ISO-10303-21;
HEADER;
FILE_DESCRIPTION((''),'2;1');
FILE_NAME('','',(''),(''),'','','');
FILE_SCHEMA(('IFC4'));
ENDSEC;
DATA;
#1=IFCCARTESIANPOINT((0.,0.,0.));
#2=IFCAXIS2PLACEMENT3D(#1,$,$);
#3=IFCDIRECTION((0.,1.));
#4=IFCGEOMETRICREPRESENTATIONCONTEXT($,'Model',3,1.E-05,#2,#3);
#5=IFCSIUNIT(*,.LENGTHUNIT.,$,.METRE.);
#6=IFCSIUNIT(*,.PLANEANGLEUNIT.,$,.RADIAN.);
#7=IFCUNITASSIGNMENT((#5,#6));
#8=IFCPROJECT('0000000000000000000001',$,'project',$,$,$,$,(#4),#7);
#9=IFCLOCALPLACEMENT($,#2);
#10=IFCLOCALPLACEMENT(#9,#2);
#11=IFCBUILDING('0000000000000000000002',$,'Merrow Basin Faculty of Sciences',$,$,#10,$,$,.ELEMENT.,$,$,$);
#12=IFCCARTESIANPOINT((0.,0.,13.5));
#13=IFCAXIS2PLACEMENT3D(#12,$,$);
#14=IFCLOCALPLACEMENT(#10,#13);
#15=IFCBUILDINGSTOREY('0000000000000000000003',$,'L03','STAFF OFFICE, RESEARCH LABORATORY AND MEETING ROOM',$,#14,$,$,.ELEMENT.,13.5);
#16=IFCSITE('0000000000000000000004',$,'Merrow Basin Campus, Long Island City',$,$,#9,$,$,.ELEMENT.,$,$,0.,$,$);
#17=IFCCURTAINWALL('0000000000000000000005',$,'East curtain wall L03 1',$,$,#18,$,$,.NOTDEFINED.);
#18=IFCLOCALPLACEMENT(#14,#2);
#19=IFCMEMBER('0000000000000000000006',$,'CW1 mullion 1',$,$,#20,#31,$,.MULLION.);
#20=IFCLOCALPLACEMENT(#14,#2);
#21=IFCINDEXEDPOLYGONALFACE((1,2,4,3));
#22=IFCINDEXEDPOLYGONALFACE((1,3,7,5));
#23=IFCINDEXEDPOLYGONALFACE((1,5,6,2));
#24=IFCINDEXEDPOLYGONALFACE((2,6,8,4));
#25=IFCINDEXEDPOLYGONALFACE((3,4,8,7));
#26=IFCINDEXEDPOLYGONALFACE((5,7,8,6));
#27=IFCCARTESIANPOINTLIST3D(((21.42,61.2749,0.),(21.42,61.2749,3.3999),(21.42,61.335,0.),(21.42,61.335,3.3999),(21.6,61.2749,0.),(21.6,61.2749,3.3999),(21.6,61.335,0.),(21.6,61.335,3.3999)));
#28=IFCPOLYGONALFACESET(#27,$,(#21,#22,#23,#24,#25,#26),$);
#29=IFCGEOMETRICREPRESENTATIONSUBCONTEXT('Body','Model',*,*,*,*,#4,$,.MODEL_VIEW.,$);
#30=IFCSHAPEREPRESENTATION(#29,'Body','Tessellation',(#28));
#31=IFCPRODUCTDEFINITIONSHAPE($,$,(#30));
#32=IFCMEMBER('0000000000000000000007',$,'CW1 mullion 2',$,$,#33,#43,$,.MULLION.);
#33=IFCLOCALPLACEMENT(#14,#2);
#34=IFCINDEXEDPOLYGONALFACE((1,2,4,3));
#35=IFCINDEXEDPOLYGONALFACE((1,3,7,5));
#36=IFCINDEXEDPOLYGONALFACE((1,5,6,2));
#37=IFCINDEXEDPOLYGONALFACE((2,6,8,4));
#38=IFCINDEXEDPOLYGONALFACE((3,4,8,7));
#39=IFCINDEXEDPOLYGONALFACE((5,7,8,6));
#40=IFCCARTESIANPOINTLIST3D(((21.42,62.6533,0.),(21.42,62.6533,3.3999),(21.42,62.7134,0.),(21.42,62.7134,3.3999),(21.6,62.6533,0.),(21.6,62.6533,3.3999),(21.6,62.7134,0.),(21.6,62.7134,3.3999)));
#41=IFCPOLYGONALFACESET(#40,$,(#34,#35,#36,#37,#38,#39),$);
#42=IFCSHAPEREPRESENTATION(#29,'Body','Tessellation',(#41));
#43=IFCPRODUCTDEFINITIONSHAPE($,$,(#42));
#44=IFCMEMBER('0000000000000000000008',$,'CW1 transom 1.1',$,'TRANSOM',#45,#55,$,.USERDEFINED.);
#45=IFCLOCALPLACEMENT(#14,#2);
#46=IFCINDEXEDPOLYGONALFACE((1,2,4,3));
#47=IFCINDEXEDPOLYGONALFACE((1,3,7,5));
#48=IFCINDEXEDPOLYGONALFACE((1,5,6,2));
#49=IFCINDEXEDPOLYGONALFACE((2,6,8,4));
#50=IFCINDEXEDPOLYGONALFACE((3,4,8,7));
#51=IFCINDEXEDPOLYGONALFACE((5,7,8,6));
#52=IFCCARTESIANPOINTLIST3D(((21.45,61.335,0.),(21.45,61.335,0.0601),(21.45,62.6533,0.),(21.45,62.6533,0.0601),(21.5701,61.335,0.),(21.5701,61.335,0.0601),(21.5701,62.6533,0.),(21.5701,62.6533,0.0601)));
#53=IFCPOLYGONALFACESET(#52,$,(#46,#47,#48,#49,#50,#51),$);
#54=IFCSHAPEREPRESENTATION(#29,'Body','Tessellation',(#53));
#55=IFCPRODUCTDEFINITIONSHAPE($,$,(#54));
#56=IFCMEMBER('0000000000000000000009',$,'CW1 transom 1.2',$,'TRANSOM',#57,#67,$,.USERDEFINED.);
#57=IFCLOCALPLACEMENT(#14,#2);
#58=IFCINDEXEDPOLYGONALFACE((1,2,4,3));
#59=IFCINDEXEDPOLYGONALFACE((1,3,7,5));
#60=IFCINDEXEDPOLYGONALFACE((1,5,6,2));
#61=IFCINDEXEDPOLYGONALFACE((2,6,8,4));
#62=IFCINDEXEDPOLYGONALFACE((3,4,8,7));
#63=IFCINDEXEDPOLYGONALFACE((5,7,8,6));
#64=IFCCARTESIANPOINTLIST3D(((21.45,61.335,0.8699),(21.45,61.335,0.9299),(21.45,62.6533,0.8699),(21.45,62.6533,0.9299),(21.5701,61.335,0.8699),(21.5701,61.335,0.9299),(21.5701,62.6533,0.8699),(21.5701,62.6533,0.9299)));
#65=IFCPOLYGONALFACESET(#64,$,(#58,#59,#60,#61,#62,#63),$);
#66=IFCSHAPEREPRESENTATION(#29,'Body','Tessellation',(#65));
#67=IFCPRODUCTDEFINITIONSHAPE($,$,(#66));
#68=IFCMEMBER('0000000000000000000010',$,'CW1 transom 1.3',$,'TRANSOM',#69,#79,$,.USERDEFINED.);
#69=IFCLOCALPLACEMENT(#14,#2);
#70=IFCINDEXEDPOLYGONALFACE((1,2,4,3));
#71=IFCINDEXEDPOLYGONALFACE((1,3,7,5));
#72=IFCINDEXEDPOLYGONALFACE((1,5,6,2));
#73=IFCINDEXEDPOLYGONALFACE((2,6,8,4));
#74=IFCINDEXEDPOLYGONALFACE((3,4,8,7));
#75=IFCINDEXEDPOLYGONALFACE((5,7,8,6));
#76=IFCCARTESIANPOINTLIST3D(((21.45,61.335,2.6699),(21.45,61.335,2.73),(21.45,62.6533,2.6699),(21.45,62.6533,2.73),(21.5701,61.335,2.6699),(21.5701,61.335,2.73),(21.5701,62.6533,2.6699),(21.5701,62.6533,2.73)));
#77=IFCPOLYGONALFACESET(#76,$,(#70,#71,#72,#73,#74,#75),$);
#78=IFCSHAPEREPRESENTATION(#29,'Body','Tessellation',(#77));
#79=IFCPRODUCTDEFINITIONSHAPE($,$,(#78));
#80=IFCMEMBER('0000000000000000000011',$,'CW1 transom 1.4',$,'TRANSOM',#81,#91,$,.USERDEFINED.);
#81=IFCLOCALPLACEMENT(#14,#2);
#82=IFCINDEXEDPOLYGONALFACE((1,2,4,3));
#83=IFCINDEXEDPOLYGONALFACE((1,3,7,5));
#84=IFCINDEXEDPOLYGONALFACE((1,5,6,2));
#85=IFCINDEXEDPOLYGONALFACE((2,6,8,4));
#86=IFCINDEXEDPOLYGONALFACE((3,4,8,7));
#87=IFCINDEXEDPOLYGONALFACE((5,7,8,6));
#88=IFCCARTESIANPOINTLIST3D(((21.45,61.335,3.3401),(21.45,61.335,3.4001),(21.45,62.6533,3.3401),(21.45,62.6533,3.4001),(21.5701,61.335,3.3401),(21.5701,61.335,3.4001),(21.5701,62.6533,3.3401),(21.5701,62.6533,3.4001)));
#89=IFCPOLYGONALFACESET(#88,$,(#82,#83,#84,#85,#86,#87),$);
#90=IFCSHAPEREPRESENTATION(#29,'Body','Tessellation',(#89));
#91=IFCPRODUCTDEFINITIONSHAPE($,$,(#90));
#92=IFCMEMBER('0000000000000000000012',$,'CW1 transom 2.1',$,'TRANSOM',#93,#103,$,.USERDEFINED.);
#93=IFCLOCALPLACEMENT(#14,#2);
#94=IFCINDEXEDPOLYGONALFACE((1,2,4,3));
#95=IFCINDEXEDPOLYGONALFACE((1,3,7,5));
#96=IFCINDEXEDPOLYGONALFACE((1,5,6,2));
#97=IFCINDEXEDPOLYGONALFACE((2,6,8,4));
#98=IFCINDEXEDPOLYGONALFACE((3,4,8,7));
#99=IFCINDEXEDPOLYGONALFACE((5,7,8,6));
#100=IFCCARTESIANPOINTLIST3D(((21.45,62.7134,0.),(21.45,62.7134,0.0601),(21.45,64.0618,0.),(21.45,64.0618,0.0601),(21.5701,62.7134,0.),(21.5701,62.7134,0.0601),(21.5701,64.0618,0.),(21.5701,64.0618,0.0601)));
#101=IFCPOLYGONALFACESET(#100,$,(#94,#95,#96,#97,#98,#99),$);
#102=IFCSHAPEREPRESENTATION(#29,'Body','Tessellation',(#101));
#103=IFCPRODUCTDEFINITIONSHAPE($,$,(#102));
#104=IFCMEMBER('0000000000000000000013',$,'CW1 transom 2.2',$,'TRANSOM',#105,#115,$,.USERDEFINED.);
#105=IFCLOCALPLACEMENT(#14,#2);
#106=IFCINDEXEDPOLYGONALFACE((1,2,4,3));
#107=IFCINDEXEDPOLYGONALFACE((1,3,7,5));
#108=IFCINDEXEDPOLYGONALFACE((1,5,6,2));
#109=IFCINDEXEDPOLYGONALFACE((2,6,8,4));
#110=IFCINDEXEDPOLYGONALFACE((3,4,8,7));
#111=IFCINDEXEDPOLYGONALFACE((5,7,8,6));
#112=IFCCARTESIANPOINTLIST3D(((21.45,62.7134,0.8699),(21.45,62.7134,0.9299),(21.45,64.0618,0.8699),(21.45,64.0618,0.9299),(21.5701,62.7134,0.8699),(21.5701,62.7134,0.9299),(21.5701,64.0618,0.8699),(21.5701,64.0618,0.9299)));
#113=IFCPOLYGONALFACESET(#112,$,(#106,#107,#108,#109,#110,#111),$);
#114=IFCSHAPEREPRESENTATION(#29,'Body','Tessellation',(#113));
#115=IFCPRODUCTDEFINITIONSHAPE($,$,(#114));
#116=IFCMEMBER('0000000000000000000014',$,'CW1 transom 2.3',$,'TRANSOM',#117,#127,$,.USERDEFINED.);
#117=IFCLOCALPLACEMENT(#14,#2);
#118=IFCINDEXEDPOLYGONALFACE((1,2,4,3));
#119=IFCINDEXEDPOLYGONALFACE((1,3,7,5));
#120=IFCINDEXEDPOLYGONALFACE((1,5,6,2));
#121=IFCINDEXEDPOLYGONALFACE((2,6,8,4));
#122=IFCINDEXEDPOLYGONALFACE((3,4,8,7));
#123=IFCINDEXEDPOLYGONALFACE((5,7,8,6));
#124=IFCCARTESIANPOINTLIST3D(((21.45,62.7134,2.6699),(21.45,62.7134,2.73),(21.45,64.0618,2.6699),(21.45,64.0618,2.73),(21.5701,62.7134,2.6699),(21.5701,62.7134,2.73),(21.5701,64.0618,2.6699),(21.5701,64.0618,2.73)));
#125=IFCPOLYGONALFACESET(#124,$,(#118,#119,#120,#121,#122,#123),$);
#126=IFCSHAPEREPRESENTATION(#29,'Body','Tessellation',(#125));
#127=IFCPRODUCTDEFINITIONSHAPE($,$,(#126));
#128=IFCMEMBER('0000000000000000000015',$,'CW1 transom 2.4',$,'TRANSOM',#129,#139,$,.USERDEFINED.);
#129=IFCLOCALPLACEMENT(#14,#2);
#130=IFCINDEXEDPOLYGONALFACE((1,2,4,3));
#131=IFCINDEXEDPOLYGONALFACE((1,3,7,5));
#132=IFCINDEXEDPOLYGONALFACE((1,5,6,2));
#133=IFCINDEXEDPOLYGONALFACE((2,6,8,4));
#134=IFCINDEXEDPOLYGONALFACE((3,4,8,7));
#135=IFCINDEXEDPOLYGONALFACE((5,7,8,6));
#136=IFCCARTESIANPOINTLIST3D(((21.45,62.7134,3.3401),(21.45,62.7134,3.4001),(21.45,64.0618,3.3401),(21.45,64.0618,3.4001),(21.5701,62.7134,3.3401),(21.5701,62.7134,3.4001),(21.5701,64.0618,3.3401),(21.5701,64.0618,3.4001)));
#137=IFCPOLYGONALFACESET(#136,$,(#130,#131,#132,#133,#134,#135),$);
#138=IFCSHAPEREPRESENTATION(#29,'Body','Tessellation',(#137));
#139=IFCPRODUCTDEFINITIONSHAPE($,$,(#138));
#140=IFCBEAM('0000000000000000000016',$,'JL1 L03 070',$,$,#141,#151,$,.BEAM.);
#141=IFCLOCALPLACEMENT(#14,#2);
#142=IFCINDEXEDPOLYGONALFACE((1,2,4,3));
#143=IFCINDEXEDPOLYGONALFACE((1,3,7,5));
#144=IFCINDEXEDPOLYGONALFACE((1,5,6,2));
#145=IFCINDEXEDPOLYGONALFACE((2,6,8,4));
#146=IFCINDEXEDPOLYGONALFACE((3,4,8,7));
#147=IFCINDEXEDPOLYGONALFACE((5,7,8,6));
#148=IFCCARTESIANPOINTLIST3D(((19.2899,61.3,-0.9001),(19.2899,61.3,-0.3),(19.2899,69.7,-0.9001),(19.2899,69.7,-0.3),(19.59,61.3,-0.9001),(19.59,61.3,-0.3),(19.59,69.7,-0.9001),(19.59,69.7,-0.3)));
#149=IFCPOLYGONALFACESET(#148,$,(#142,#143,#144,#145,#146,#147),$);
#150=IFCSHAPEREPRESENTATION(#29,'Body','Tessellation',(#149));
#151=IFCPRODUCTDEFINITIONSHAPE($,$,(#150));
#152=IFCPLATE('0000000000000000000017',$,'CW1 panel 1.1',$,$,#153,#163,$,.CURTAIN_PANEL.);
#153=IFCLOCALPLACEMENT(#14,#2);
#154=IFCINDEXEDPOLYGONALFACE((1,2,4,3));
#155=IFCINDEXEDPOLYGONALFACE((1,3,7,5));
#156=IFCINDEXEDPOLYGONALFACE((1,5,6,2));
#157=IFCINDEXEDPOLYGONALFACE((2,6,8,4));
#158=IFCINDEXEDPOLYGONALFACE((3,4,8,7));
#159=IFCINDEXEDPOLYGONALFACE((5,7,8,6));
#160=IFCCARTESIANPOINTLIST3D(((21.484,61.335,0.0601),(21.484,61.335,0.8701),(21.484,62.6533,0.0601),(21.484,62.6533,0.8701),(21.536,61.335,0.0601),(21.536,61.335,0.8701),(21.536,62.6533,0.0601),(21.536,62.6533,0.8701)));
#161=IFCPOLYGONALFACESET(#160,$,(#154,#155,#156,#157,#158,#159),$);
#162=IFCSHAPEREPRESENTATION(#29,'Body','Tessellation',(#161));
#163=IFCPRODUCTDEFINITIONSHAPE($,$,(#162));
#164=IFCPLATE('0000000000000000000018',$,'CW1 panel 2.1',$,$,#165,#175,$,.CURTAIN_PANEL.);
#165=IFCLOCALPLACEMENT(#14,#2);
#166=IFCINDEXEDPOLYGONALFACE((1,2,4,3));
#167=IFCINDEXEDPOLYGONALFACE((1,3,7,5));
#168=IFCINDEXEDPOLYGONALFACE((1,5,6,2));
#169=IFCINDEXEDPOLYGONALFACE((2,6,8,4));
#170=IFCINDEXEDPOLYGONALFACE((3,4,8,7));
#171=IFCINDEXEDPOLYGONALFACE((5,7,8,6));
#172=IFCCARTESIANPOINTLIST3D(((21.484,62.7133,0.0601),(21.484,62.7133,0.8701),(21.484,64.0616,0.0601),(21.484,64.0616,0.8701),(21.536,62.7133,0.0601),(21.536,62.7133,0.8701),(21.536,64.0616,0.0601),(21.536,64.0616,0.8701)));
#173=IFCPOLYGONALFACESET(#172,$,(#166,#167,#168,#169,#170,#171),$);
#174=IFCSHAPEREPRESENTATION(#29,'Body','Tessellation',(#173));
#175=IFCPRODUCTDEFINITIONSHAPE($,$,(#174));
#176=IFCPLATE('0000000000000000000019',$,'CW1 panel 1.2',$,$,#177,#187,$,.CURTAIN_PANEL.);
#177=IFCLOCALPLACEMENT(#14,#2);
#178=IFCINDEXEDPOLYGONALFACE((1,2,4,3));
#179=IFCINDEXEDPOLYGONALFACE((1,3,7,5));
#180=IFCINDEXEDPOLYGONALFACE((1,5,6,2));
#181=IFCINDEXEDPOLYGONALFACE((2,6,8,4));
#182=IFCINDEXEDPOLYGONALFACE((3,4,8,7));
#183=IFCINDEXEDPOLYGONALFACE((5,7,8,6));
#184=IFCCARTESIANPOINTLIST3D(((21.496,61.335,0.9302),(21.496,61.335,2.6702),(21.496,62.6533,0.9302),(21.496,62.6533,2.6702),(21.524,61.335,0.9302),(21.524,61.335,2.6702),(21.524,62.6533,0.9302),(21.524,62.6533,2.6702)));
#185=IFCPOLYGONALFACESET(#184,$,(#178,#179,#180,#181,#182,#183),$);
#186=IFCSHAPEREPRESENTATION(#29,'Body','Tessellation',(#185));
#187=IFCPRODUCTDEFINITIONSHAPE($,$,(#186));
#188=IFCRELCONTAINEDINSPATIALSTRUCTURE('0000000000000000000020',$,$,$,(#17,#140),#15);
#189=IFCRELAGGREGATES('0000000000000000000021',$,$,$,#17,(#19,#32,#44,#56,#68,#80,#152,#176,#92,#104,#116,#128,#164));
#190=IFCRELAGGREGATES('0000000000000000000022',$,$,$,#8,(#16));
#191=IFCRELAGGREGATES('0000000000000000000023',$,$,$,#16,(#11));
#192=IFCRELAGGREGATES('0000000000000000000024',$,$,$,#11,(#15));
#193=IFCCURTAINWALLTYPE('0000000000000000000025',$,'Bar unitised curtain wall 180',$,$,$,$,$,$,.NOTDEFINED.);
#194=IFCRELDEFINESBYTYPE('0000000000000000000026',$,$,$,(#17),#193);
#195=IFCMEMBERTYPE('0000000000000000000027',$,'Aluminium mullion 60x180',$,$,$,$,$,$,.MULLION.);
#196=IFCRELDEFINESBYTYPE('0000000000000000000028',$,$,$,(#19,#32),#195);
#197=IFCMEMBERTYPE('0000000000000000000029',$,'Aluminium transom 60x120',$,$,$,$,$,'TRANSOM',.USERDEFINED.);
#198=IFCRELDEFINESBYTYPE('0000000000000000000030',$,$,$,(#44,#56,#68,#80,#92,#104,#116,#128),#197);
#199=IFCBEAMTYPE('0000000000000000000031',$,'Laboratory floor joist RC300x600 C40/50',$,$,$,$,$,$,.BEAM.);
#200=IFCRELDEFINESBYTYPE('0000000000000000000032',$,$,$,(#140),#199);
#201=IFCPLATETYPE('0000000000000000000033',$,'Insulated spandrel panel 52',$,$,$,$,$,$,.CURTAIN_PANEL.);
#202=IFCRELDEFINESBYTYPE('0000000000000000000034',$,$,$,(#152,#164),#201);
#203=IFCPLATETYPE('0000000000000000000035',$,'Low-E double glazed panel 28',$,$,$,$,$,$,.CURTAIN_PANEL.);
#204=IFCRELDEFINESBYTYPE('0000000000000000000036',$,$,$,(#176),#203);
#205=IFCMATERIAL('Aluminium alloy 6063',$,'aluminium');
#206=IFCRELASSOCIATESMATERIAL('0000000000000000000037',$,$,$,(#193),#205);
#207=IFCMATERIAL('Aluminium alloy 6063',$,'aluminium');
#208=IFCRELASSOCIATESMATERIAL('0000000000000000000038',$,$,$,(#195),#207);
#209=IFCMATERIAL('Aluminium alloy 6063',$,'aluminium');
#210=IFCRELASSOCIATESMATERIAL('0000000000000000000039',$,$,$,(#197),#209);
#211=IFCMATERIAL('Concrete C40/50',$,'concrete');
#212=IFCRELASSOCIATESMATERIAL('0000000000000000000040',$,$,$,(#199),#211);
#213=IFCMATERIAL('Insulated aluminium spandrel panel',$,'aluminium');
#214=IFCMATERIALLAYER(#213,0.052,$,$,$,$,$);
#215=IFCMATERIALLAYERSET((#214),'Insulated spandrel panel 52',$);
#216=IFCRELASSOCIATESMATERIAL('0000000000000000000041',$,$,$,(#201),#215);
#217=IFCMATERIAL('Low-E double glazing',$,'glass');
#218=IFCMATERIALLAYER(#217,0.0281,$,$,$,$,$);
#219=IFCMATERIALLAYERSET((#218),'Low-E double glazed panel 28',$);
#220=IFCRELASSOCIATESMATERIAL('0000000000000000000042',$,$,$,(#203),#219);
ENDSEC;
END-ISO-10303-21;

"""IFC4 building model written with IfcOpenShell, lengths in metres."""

from ifc_helpers import new_model, si_unit, direction, frame, origin, origin_2d, place, context, subcontext, project, spatial, rectangle, extrude, material, layer, layer_set, material_profile, profile_set, type_object, element, aggregate, save


model = new_model("IFC4")

# Units and contexts
model_context = context("Model", 3, precision=1e-05, world=origin(), true_north=direction((0.0, 1.0)))
body_context = subcontext(model_context, "Body", "Model", "MODEL_VIEW")
ifc_project = project(units=[si_unit("LENGTHUNIT", "METRE"), si_unit("PLANEANGLEUNIT", "RADIAN")], contexts=[model_context])

# Site, building, storey
site_placement = place(None, origin())
site = spatial("IfcSite", under=ifc_project, at=site_placement, Name="Merrow Basin Campus, Long Island City", CompositionType="ELEMENT", RefElevation=0.0)
building_placement = place(site_placement, origin())
building = spatial("IfcBuilding", under=site, at=building_placement, Name="Merrow Basin Faculty of Sciences", CompositionType="ELEMENT")
storey_placement = place(building_placement, frame((0.0, 0.0, 13.5)))
storey = spatial("IfcBuildingStorey", under=building, at=storey_placement, Name="L03", Description="STAFF OFFICE, RESEARCH LABORATORY AND MEETING ROOM", CompositionType="ELEMENT", Elevation=13.5)

# Curtain wall, members
ifc_material_1 = material(Name="Aluminium alloy 6063", Category="aluminium")
curtain_wall_type = type_object("IfcCurtainWallType", Name="Bar unitised curtain wall 180", PredefinedType="NOTDEFINED", material=ifc_material_1)
curtain_wall_placement = place(storey_placement, origin())
curtain_wall = element("IfcCurtainWall", 1, at=curtain_wall_placement, inside=storey, type_object=curtain_wall_type, Name="East curtain wall L03 1", PredefinedType="NOTDEFINED")
ifc_material_2 = material(Name="Aluminium alloy 6063", Category="aluminium")
ifc_material_profile_1 = material_profile(ifc_material_2, rectangle(XDim=0.1799, YDim=0.0601, at=origin_2d()))
ifc_profile_set_1 = profile_set([ifc_material_profile_1], Name="Aluminium alloy 6063")
member_type_1 = type_object("IfcMemberType", Name="Aluminium mullion 60x180", PredefinedType="MULLION", material=ifc_profile_set_1)
member_1_placement = place(storey_placement, frame((21.51, 61.3049, 0.0), z_axis=(0.0, 0.0, 1.0), x_axis=(-1.0, 0.0, 0.0)))
member_1 = element("IfcMember", 2, at=member_1_placement, type_object=member_type_1, Name="CW1 mullion 1", PredefinedType="MULLION", context=body_context, shape_type="SweptSolid", body=[
    extrude(rectangle(XDim=0.1799, YDim=0.0601, at=origin_2d()), origin(), (0.0, 0.0, 1.0), 3.3999),
])
member_2_placement = place(storey_placement, frame((21.51, 62.6833, 0.0), z_axis=(0.0, 0.0, 1.0), x_axis=(-1.0, 0.0, 0.0)))
member_2 = element("IfcMember", 3, at=member_2_placement, type_object=member_type_1, Name="CW1 mullion 2", PredefinedType="MULLION", context=body_context, shape_type="SweptSolid", body=[
    extrude(rectangle(XDim=0.1799, YDim=0.0601, at=origin_2d()), origin(), (0.0, 0.0, 1.0), 3.3999),
])
ifc_material_3 = material(Name="Aluminium alloy 6063", Category="aluminium")
ifc_material_profile_2 = material_profile(ifc_material_3, rectangle(XDim=0.1201, YDim=0.0601, at=origin_2d()))
ifc_profile_set_2 = profile_set([ifc_material_profile_2], Name="Aluminium alloy 6063")
member_type_2 = type_object("IfcMemberType", Name="Aluminium transom 60x120", ElementType="TRANSOM", PredefinedType="USERDEFINED", material=ifc_profile_set_2)
member_3_placement = place(storey_placement, frame((21.51, 61.335, 0.03), z_axis=(0.0, 1.0, 0.0), x_axis=(-1.0, 0.0, 0.0)))
member_3 = element("IfcMember", 4, at=member_3_placement, type_object=member_type_2, Name="CW1 transom 1.1", ObjectType="TRANSOM", PredefinedType="USERDEFINED", context=body_context, shape_type="SweptSolid", body=[
    extrude(rectangle(XDim=0.1201, YDim=0.0601, at=origin_2d()), origin(), (0.0, 0.0, 1.0), 1.3184),
])
member_4_placement = place(storey_placement, frame((21.51, 61.335, 0.8999), z_axis=(0.0, 1.0, 0.0), x_axis=(-1.0, 0.0, 0.0)))
member_4 = element("IfcMember", 5, at=member_4_placement, type_object=member_type_2, Name="CW1 transom 1.2", ObjectType="TRANSOM", PredefinedType="USERDEFINED", context=body_context, shape_type="SweptSolid", body=[
    extrude(rectangle(XDim=0.1201, YDim=0.0601, at=origin_2d()), origin(), (0.0, 0.0, 1.0), 1.3184),
])
member_5_placement = place(storey_placement, frame((21.51, 61.335, 2.7), z_axis=(0.0, 1.0, 0.0), x_axis=(-1.0, 0.0, 0.0)))
member_5 = element("IfcMember", 6, at=member_5_placement, type_object=member_type_2, Name="CW1 transom 1.3", ObjectType="TRANSOM", PredefinedType="USERDEFINED", context=body_context, shape_type="SweptSolid", body=[
    extrude(rectangle(XDim=0.1201, YDim=0.0601, at=origin_2d()), origin(), (0.0, 0.0, 1.0), 1.3184),
])
member_6_placement = place(storey_placement, frame((21.51, 61.335, 3.3701), z_axis=(0.0, 1.0, 0.0), x_axis=(-1.0, 0.0, 0.0)))
member_6 = element("IfcMember", 7, at=member_6_placement, type_object=member_type_2, Name="CW1 transom 1.4", ObjectType="TRANSOM", PredefinedType="USERDEFINED", context=body_context, shape_type="SweptSolid", body=[
    extrude(rectangle(XDim=0.1201, YDim=0.0601, at=origin_2d()), origin(), (0.0, 0.0, 1.0), 1.3184),
])
member_7_placement = place(storey_placement, frame((21.51, 62.7134, 0.03), z_axis=(0.0, 1.0, 0.0), x_axis=(-1.0, 0.0, 0.0)))
member_7 = element("IfcMember", 8, at=member_7_placement, type_object=member_type_2, Name="CW1 transom 2.1", ObjectType="TRANSOM", PredefinedType="USERDEFINED", context=body_context, shape_type="SweptSolid", body=[
    extrude(rectangle(XDim=0.1201, YDim=0.0601, at=origin_2d()), origin(), (0.0, 0.0, 1.0), 1.3484),
])
member_8_placement = place(storey_placement, frame((21.51, 62.7134, 0.8999), z_axis=(0.0, 1.0, 0.0), x_axis=(-1.0, 0.0, 0.0)))
member_8 = element("IfcMember", 9, at=member_8_placement, type_object=member_type_2, Name="CW1 transom 2.2", ObjectType="TRANSOM", PredefinedType="USERDEFINED", context=body_context, shape_type="SweptSolid", body=[
    extrude(rectangle(XDim=0.1201, YDim=0.0601, at=origin_2d()), origin(), (0.0, 0.0, 1.0), 1.3484),
])
member_9_placement = place(storey_placement, frame((21.51, 62.7134, 2.7), z_axis=(0.0, 1.0, 0.0), x_axis=(-1.0, 0.0, 0.0)))
member_9 = element("IfcMember", 10, at=member_9_placement, type_object=member_type_2, Name="CW1 transom 2.3", ObjectType="TRANSOM", PredefinedType="USERDEFINED", context=body_context, shape_type="SweptSolid", body=[
    extrude(rectangle(XDim=0.1201, YDim=0.0601, at=origin_2d()), origin(), (0.0, 0.0, 1.0), 1.3484),
])
member_10_placement = place(storey_placement, frame((21.51, 62.7134, 3.3701), z_axis=(0.0, 1.0, 0.0), x_axis=(-1.0, 0.0, 0.0)))
member_10 = element("IfcMember", 11, at=member_10_placement, type_object=member_type_2, Name="CW1 transom 2.4", ObjectType="TRANSOM", PredefinedType="USERDEFINED", context=body_context, shape_type="SweptSolid", body=[
    extrude(rectangle(XDim=0.1201, YDim=0.0601, at=origin_2d()), origin(), (0.0, 0.0, 1.0), 1.3484),
])

# Beam
ifc_material_4 = material(Name="Concrete C40/50", Category="concrete")
ifc_material_profile_3 = material_profile(ifc_material_4, rectangle(XDim=0.3, YDim=0.6001, at=origin_2d()))
ifc_profile_set_3 = profile_set([ifc_material_profile_3], Name="Concrete C40/50")
beam_type = type_object("IfcBeamType", Name="Laboratory floor joist RC300x600 C40/50", PredefinedType="BEAM", material=ifc_profile_set_3)
beam_placement = place(storey_placement, frame((19.4399, 61.3, -0.6001), z_axis=(0.0, 1.0, 0.0), x_axis=(-1.0, 0.0, 0.0)))
element("IfcBeam", 12, at=beam_placement, inside=storey, type_object=beam_type, Name="JL1 L03 070", PredefinedType="BEAM", context=body_context, shape_type="SweptSolid", body=[
    extrude(rectangle(XDim=0.3, YDim=0.6001, at=origin_2d()), origin(), (0.0, 0.0, 1.0), 8.3999),
])

# Plates
ifc_material_5 = material(Name="Insulated aluminium spandrel panel", Category="aluminium")
ifc_layer_1 = layer(ifc_material_5, 0.052)
ifc_layer_set_1 = layer_set([ifc_layer_1], Name="Insulated spandrel panel 52")
plate_type_1 = type_object("IfcPlateType", Name="Insulated spandrel panel 52", PredefinedType="CURTAIN_PANEL", material=ifc_layer_set_1)
plate_1_placement = place(storey_placement, frame((21.51, 61.9941, 0.0601), z_axis=(0.0, 0.0, 1.0), x_axis=(0.0, 1.0, 0.0)))
plate_1 = element("IfcPlate", 13, at=plate_1_placement, type_object=plate_type_1, Name="CW1 panel 1.1", PredefinedType="CURTAIN_PANEL", context=body_context, shape_type="SweptSolid", body=[
    extrude(rectangle(XDim=1.3184, YDim=0.052, at=origin_2d()), origin(), (0.0, 0.0, 1.0), 0.8101),
])
plate_2_placement = place(storey_placement, frame((21.51, 63.3875, 0.0601), z_axis=(0.0, 0.0, 1.0), x_axis=(0.0, 1.0, 0.0)))
plate_2 = element("IfcPlate", 14, at=plate_2_placement, type_object=plate_type_1, Name="CW1 panel 2.1", PredefinedType="CURTAIN_PANEL", context=body_context, shape_type="SweptSolid", body=[
    extrude(rectangle(XDim=1.3484, YDim=0.052, at=origin_2d()), origin(), (0.0, 0.0, 1.0), 0.8101),
])
ifc_material_6 = material(Name="Low-E double glazing", Category="glass")
ifc_layer_2 = layer(ifc_material_6, 0.0281)
ifc_layer_set_2 = layer_set([ifc_layer_2], Name="Low-E double glazed panel 28")
plate_type_2 = type_object("IfcPlateType", Name="Low-E double glazed panel 28", PredefinedType="CURTAIN_PANEL", material=ifc_layer_set_2)
plate_3_placement = place(storey_placement, frame((21.51, 61.9941, 0.9302), z_axis=(0.0, 0.0, 1.0), x_axis=(0.0, 1.0, 0.0)))
plate_3 = element("IfcPlate", 15, at=plate_3_placement, type_object=plate_type_2, Name="CW1 panel 1.2", PredefinedType="CURTAIN_PANEL", context=body_context, shape_type="SweptSolid", body=[
    extrude(rectangle(XDim=1.3184, YDim=0.0281, at=origin_2d()), origin(), (0.0, 0.0, 1.0), 1.74),
])
aggregate(curtain_wall, [member_1, member_2, member_3, member_4, member_5, member_6, plate_1, plate_3, member_7, member_8, member_9, member_10, plate_2])

save(model, "model.ifc")
